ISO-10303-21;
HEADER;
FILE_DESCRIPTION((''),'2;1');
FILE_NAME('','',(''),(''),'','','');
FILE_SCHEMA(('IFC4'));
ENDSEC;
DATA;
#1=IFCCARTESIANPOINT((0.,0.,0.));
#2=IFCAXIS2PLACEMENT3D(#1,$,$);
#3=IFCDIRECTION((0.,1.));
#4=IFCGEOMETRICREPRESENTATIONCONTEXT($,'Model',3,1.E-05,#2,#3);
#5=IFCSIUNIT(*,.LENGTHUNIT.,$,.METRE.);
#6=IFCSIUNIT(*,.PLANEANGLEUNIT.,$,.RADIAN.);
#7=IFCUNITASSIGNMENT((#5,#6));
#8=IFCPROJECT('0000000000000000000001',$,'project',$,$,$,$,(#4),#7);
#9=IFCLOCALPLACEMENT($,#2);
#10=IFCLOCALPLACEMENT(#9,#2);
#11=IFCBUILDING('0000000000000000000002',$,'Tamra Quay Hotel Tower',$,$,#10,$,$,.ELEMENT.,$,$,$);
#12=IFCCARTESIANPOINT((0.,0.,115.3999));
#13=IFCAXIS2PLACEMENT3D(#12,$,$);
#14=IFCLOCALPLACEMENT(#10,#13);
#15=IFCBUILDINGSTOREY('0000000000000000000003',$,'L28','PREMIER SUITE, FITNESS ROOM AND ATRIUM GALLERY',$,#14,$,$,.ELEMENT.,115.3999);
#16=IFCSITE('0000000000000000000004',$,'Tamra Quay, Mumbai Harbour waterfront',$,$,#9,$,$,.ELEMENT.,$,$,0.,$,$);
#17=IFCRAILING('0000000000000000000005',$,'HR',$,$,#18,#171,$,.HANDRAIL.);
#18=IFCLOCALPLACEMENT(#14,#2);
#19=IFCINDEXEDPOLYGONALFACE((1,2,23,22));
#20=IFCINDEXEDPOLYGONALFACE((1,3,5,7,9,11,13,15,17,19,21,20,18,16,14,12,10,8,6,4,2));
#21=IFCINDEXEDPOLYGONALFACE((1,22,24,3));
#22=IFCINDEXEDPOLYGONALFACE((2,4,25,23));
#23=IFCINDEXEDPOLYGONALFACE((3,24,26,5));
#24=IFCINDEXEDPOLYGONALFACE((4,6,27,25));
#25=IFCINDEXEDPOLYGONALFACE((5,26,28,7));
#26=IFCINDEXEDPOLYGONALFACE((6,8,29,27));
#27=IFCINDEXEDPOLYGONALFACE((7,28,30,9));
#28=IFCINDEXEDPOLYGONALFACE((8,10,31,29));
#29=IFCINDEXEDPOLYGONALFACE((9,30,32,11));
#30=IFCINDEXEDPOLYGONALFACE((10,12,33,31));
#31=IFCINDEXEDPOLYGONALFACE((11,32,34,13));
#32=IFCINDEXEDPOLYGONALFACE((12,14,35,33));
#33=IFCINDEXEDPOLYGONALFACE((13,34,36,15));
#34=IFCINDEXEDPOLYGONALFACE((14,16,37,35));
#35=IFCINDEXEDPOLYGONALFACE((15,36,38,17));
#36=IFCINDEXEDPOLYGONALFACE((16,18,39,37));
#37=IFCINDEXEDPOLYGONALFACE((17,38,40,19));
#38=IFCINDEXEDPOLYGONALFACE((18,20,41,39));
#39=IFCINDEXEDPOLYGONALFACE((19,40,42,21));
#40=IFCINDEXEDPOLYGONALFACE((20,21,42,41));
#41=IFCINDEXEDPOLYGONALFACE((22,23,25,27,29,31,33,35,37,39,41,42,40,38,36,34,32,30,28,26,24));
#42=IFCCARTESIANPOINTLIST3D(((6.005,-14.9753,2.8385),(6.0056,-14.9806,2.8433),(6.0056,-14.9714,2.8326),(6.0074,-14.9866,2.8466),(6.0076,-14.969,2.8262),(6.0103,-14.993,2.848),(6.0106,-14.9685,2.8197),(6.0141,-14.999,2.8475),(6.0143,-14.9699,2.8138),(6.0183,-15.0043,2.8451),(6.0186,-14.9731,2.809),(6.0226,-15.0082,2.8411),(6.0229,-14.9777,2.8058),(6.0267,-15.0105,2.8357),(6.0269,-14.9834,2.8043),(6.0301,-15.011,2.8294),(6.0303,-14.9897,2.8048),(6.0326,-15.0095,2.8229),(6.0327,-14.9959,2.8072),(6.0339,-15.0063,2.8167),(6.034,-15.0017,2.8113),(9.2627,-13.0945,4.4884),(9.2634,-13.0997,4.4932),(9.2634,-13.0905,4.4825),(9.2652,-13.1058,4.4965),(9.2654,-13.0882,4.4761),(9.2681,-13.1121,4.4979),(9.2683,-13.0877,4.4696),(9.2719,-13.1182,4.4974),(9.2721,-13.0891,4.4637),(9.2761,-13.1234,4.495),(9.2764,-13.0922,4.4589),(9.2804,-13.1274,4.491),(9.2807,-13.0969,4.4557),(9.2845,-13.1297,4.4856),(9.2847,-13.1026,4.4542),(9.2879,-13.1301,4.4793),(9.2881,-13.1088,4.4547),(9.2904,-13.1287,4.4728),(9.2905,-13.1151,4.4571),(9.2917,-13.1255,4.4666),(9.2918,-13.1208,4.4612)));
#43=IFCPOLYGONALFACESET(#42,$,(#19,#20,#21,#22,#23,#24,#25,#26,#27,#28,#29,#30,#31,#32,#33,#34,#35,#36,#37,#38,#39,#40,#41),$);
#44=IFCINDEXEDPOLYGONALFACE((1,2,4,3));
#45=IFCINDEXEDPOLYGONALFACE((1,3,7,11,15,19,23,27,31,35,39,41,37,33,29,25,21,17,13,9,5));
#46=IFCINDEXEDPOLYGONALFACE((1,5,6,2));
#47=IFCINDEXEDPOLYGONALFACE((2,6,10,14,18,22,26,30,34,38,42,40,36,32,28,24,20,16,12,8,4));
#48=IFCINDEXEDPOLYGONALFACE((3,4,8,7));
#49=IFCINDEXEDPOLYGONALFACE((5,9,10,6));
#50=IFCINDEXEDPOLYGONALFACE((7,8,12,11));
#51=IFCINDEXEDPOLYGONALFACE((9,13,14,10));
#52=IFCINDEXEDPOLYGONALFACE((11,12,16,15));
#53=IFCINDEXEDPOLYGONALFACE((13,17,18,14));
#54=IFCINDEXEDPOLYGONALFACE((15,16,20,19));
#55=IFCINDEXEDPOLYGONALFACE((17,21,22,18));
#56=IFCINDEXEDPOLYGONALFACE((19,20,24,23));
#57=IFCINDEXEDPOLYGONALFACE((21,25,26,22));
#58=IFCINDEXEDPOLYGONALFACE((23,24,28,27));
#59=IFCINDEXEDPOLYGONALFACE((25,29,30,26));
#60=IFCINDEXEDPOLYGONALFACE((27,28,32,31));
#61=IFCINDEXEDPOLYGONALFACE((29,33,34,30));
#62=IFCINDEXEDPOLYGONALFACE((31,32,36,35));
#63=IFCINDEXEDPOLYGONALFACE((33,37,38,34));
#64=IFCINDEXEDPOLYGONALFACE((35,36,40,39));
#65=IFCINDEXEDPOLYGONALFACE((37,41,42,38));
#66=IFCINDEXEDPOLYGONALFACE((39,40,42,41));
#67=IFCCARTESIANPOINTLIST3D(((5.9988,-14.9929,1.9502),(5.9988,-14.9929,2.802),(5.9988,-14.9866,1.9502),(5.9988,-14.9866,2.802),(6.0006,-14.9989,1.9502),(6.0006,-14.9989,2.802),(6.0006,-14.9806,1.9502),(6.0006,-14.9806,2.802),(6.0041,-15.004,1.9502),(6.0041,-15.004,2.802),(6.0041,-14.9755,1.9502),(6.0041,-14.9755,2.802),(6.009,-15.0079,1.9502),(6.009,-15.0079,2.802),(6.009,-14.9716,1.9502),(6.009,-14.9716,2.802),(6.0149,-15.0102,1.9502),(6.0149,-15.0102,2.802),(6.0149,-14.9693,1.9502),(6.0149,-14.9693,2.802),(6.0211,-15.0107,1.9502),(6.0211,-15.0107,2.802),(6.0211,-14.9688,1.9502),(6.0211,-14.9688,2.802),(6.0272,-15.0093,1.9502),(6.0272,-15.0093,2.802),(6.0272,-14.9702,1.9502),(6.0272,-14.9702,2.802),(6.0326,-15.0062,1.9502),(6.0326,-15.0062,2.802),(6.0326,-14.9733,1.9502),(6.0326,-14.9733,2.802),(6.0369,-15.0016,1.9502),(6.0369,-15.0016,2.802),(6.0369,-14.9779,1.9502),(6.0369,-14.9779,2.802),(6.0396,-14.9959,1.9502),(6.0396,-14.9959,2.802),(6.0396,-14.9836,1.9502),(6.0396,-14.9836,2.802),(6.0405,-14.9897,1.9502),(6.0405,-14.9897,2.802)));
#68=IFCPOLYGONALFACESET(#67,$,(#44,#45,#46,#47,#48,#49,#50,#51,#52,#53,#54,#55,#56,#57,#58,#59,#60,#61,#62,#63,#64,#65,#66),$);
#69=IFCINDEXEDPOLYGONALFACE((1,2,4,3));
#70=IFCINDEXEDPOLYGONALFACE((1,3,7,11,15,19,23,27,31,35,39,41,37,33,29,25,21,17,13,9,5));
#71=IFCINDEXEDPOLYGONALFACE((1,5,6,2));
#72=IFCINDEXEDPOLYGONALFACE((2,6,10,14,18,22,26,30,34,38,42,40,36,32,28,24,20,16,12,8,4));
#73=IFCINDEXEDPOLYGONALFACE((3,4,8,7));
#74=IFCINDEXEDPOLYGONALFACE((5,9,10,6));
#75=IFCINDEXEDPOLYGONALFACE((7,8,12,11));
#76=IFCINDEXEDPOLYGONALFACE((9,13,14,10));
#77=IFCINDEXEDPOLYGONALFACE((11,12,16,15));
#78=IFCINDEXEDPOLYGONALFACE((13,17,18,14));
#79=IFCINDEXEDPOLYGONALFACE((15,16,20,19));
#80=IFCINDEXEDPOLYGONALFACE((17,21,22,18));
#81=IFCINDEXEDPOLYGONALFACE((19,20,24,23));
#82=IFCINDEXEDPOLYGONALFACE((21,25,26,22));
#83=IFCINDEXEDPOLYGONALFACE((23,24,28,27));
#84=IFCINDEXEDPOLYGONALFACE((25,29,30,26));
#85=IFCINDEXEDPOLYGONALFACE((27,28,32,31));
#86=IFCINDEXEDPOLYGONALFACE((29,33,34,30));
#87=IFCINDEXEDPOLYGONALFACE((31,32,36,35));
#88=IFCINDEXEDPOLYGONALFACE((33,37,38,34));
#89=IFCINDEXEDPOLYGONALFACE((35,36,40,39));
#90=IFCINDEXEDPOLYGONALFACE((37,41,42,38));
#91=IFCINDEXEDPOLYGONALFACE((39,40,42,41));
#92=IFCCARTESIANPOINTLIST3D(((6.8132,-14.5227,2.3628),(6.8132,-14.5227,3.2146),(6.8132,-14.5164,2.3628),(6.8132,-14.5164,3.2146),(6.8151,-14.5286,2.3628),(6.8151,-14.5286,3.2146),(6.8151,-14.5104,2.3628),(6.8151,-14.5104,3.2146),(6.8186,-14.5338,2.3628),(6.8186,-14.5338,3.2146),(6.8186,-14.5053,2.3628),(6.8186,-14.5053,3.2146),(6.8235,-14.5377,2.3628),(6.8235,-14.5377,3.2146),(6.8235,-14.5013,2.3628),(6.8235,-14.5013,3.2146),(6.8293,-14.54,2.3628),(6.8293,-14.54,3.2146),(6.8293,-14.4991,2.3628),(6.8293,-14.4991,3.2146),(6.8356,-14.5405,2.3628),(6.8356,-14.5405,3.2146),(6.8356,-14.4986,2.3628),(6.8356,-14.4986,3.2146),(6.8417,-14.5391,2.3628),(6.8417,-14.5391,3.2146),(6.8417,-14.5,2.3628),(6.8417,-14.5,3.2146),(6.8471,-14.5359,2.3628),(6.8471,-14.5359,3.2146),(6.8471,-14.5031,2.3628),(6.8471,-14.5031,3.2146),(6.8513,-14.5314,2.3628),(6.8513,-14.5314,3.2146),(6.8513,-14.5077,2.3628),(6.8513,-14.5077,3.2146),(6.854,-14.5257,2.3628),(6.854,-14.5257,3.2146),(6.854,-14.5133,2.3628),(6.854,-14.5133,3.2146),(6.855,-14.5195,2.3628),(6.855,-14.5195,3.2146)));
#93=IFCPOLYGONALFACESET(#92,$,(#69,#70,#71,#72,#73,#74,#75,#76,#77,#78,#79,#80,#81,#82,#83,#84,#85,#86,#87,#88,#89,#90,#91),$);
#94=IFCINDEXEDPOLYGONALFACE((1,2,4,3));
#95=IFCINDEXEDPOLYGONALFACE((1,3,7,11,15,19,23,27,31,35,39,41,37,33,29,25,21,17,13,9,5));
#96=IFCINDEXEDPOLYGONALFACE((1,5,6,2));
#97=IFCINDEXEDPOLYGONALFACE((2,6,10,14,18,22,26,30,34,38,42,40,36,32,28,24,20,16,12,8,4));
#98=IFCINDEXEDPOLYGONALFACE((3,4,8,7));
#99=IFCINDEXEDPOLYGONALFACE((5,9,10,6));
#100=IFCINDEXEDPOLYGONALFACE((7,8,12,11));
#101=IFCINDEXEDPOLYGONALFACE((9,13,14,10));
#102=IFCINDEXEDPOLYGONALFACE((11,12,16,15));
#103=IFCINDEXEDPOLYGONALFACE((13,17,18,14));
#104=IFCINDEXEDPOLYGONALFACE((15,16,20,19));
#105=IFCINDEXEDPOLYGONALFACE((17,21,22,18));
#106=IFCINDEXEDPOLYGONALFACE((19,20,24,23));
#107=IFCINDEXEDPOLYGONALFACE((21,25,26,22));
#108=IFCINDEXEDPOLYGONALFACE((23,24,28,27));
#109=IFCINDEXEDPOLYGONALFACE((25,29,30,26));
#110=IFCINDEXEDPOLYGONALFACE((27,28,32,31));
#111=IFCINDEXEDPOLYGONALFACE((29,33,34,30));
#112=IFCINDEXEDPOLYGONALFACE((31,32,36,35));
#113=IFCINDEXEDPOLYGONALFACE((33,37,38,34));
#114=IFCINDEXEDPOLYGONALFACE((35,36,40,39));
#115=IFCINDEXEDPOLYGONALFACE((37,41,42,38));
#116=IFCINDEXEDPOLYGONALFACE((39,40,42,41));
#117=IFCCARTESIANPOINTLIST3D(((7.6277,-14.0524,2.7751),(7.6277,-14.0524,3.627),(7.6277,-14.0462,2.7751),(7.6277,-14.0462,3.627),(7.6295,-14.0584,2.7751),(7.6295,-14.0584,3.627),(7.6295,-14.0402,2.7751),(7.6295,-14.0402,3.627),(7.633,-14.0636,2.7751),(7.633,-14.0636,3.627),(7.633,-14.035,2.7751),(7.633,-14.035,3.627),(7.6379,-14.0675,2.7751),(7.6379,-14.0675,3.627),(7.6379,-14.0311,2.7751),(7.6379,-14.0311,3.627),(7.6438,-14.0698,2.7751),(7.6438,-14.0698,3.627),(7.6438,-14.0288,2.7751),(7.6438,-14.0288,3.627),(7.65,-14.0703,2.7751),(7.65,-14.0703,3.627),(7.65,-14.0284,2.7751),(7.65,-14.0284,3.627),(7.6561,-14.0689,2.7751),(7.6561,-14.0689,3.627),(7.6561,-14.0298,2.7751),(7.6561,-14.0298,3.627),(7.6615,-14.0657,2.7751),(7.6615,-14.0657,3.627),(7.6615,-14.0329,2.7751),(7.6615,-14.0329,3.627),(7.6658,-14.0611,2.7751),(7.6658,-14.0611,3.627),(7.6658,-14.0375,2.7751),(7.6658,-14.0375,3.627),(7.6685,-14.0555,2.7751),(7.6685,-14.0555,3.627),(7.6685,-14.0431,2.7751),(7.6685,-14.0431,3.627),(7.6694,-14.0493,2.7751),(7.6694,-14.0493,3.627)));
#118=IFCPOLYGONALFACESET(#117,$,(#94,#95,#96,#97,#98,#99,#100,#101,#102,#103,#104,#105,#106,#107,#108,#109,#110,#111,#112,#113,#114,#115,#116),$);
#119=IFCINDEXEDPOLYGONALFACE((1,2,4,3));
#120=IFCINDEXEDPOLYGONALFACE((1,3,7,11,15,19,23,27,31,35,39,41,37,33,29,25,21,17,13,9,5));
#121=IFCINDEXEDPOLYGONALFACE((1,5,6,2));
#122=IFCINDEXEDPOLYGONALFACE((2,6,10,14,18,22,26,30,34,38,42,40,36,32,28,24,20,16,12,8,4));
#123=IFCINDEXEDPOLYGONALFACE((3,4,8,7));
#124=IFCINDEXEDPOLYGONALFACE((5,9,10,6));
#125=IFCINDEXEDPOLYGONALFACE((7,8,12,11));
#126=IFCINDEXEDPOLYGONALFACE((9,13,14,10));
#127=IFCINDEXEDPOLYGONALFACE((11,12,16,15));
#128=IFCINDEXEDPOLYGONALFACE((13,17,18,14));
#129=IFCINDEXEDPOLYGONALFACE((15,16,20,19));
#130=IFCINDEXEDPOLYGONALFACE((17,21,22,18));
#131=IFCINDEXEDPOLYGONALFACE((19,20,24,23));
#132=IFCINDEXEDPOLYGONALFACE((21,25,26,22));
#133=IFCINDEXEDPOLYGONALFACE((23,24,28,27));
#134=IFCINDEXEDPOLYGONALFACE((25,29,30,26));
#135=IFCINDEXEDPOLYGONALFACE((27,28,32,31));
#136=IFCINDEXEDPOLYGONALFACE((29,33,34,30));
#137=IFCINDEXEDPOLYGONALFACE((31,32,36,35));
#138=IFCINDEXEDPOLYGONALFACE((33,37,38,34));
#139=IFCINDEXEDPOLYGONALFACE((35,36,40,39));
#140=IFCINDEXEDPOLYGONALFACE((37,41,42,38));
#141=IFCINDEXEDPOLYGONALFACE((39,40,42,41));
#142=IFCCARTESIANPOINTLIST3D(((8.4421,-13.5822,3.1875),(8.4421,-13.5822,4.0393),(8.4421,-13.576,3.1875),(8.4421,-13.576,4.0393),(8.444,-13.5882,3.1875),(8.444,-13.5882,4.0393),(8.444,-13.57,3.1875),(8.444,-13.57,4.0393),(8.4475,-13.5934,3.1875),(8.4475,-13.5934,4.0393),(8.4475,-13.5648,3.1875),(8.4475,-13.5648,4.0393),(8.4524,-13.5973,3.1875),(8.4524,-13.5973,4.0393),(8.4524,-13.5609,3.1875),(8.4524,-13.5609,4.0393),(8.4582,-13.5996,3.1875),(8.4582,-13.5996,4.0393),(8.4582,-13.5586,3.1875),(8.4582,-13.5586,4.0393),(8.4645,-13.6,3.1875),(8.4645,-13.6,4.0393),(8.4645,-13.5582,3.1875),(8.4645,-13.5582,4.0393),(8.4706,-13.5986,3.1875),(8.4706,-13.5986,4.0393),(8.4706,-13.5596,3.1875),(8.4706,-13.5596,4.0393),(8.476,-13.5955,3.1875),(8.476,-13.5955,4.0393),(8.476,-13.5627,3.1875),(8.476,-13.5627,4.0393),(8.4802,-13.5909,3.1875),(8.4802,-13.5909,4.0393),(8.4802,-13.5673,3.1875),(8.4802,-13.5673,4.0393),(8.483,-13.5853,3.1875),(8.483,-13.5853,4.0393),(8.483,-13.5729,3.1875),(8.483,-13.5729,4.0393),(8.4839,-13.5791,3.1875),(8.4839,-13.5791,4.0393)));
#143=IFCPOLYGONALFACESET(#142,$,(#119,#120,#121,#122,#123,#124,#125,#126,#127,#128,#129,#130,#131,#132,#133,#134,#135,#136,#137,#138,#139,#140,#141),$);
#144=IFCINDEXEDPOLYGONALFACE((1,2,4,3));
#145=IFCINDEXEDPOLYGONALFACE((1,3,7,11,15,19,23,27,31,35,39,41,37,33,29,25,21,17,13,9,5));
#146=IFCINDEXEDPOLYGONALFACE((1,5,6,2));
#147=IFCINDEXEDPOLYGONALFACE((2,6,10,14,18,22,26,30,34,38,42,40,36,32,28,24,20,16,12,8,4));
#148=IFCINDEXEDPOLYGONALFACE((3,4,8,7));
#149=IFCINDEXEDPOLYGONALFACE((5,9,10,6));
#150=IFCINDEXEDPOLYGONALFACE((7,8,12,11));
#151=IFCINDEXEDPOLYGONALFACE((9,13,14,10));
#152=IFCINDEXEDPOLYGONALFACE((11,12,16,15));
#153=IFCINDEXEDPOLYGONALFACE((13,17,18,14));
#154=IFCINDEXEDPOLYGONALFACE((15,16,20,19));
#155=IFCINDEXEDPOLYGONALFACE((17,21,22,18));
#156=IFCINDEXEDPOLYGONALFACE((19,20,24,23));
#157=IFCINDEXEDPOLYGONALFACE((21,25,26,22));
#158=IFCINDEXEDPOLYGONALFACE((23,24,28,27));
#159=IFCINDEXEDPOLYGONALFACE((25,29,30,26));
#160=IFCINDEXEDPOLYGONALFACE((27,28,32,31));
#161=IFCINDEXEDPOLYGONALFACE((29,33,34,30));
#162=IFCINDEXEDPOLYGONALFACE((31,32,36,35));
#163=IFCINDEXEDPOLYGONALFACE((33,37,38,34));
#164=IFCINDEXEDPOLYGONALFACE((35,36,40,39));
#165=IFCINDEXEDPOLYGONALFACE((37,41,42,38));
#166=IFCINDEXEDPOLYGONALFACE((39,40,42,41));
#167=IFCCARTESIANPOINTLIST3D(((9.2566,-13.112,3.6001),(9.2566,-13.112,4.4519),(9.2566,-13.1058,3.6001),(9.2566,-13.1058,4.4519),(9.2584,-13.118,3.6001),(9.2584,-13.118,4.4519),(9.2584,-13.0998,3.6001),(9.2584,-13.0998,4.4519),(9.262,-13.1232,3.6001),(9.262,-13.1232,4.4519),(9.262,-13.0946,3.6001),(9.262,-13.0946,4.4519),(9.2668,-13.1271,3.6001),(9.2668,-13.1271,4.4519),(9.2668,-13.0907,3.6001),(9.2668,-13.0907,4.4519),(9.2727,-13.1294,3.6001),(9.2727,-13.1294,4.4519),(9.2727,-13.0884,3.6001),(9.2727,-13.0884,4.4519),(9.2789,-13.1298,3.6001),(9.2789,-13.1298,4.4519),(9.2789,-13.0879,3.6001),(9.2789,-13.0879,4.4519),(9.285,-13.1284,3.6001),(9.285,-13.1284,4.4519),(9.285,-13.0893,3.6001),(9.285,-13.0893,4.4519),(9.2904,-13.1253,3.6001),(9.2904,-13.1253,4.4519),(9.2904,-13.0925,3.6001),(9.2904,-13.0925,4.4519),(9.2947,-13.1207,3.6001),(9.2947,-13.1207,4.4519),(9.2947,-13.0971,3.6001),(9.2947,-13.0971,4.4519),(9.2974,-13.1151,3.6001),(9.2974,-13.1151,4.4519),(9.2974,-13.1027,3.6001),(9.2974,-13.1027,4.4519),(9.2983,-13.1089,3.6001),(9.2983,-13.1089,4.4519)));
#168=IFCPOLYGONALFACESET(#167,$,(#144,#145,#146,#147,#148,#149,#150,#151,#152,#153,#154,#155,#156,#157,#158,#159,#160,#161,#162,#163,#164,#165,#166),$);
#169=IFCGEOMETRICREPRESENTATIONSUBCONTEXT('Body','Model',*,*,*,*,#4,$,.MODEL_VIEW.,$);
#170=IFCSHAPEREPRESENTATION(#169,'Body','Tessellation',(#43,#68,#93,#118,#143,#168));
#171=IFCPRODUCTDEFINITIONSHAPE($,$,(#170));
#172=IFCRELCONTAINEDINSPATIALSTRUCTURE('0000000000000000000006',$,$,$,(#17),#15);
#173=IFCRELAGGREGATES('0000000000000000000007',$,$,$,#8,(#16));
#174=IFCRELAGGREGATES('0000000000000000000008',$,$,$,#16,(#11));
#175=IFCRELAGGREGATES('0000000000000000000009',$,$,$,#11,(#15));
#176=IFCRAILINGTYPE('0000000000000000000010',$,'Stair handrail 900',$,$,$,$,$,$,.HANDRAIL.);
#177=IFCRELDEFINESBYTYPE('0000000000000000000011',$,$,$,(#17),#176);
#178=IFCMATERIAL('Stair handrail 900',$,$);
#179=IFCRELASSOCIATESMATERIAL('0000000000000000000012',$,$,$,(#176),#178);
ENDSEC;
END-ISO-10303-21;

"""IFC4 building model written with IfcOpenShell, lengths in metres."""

from ifc_helpers import new_model, si_unit, direction, frame, origin, origin_2d, place, context, subcontext, project, spatial, circle, extrude, material, type_object, element, save


model = new_model("IFC4")

# Units and contexts
model_context = context("Model", 3, precision=1e-05, world=origin(), true_north=direction((0.0, 1.0)))
body_context = subcontext(model_context, "Body", "Model", "MODEL_VIEW")
ifc_project = project(units=[si_unit("LENGTHUNIT", "METRE"), si_unit("PLANEANGLEUNIT", "RADIAN")], contexts=[model_context])

# Site, building, storey
site_placement = place(None, origin())
site = spatial("IfcSite", under=ifc_project, at=site_placement, Name="Tamra Quay, Mumbai Harbour waterfront", CompositionType="ELEMENT", RefElevation=0.0)
building_placement = place(site_placement, origin())
building = spatial("IfcBuilding", under=site, at=building_placement, Name="Tamra Quay Hotel Tower", CompositionType="ELEMENT")
storey_placement = place(building_placement, frame((0.0, 0.0, 115.3999)))
storey = spatial("IfcBuildingStorey", under=building, at=storey_placement, Name="L28", Description="PREMIER SUITE, FITNESS ROOM AND ATRIUM GALLERY", CompositionType="ELEMENT", Elevation=115.3999)

# Railing
ifc_material_1 = material(Name="Stair handrail 900")
railing_type_1 = type_object("IfcRailingType", Name="Stair handrail 900", PredefinedType="HANDRAIL", material=ifc_material_1)
railing_1_placement = place(storey_placement, frame((6.0195, -14.9897, 1.9502)))
element("IfcRailing", 1, at=railing_1_placement, inside=storey, type_object=railing_type_1, Name="HR", PredefinedType="HANDRAIL", context=body_context, shape_type="SweptSolid", body=[
    extrude(circle(Radius=0.0239, at=origin_2d()), frame((0.0, 0.0, 0.876), z_axis=(0.7931, 0.457887, 0.401661), x_axis=(-0.499992, 0.86603, 0.0)), (0.0, 0.0, 1.0), 4.1077),
    extrude(circle(Radius=0.021, at=origin_2d()), origin(), (0.0, 0.0, 1.0), 0.8518),
    extrude(circle(Radius=0.021, at=origin_2d()), frame((0.8145, 0.4702, 0.4126)), (0.0, 0.0, 1.0), 0.8518),
    extrude(circle(Radius=0.021, at=origin_2d()), frame((1.6289, 0.9404, 0.825)), (0.0, 0.0, 1.0), 0.8518),
    extrude(circle(Radius=0.021, at=origin_2d()), frame((2.4434, 1.4106, 1.2373)), (0.0, 0.0, 1.0), 0.8518),
    extrude(circle(Radius=0.021, at=origin_2d()), frame((3.2578, 1.8809, 1.6499)), (0.0, 0.0, 1.0), 0.8518),
])

save(model, "model.ifc")
